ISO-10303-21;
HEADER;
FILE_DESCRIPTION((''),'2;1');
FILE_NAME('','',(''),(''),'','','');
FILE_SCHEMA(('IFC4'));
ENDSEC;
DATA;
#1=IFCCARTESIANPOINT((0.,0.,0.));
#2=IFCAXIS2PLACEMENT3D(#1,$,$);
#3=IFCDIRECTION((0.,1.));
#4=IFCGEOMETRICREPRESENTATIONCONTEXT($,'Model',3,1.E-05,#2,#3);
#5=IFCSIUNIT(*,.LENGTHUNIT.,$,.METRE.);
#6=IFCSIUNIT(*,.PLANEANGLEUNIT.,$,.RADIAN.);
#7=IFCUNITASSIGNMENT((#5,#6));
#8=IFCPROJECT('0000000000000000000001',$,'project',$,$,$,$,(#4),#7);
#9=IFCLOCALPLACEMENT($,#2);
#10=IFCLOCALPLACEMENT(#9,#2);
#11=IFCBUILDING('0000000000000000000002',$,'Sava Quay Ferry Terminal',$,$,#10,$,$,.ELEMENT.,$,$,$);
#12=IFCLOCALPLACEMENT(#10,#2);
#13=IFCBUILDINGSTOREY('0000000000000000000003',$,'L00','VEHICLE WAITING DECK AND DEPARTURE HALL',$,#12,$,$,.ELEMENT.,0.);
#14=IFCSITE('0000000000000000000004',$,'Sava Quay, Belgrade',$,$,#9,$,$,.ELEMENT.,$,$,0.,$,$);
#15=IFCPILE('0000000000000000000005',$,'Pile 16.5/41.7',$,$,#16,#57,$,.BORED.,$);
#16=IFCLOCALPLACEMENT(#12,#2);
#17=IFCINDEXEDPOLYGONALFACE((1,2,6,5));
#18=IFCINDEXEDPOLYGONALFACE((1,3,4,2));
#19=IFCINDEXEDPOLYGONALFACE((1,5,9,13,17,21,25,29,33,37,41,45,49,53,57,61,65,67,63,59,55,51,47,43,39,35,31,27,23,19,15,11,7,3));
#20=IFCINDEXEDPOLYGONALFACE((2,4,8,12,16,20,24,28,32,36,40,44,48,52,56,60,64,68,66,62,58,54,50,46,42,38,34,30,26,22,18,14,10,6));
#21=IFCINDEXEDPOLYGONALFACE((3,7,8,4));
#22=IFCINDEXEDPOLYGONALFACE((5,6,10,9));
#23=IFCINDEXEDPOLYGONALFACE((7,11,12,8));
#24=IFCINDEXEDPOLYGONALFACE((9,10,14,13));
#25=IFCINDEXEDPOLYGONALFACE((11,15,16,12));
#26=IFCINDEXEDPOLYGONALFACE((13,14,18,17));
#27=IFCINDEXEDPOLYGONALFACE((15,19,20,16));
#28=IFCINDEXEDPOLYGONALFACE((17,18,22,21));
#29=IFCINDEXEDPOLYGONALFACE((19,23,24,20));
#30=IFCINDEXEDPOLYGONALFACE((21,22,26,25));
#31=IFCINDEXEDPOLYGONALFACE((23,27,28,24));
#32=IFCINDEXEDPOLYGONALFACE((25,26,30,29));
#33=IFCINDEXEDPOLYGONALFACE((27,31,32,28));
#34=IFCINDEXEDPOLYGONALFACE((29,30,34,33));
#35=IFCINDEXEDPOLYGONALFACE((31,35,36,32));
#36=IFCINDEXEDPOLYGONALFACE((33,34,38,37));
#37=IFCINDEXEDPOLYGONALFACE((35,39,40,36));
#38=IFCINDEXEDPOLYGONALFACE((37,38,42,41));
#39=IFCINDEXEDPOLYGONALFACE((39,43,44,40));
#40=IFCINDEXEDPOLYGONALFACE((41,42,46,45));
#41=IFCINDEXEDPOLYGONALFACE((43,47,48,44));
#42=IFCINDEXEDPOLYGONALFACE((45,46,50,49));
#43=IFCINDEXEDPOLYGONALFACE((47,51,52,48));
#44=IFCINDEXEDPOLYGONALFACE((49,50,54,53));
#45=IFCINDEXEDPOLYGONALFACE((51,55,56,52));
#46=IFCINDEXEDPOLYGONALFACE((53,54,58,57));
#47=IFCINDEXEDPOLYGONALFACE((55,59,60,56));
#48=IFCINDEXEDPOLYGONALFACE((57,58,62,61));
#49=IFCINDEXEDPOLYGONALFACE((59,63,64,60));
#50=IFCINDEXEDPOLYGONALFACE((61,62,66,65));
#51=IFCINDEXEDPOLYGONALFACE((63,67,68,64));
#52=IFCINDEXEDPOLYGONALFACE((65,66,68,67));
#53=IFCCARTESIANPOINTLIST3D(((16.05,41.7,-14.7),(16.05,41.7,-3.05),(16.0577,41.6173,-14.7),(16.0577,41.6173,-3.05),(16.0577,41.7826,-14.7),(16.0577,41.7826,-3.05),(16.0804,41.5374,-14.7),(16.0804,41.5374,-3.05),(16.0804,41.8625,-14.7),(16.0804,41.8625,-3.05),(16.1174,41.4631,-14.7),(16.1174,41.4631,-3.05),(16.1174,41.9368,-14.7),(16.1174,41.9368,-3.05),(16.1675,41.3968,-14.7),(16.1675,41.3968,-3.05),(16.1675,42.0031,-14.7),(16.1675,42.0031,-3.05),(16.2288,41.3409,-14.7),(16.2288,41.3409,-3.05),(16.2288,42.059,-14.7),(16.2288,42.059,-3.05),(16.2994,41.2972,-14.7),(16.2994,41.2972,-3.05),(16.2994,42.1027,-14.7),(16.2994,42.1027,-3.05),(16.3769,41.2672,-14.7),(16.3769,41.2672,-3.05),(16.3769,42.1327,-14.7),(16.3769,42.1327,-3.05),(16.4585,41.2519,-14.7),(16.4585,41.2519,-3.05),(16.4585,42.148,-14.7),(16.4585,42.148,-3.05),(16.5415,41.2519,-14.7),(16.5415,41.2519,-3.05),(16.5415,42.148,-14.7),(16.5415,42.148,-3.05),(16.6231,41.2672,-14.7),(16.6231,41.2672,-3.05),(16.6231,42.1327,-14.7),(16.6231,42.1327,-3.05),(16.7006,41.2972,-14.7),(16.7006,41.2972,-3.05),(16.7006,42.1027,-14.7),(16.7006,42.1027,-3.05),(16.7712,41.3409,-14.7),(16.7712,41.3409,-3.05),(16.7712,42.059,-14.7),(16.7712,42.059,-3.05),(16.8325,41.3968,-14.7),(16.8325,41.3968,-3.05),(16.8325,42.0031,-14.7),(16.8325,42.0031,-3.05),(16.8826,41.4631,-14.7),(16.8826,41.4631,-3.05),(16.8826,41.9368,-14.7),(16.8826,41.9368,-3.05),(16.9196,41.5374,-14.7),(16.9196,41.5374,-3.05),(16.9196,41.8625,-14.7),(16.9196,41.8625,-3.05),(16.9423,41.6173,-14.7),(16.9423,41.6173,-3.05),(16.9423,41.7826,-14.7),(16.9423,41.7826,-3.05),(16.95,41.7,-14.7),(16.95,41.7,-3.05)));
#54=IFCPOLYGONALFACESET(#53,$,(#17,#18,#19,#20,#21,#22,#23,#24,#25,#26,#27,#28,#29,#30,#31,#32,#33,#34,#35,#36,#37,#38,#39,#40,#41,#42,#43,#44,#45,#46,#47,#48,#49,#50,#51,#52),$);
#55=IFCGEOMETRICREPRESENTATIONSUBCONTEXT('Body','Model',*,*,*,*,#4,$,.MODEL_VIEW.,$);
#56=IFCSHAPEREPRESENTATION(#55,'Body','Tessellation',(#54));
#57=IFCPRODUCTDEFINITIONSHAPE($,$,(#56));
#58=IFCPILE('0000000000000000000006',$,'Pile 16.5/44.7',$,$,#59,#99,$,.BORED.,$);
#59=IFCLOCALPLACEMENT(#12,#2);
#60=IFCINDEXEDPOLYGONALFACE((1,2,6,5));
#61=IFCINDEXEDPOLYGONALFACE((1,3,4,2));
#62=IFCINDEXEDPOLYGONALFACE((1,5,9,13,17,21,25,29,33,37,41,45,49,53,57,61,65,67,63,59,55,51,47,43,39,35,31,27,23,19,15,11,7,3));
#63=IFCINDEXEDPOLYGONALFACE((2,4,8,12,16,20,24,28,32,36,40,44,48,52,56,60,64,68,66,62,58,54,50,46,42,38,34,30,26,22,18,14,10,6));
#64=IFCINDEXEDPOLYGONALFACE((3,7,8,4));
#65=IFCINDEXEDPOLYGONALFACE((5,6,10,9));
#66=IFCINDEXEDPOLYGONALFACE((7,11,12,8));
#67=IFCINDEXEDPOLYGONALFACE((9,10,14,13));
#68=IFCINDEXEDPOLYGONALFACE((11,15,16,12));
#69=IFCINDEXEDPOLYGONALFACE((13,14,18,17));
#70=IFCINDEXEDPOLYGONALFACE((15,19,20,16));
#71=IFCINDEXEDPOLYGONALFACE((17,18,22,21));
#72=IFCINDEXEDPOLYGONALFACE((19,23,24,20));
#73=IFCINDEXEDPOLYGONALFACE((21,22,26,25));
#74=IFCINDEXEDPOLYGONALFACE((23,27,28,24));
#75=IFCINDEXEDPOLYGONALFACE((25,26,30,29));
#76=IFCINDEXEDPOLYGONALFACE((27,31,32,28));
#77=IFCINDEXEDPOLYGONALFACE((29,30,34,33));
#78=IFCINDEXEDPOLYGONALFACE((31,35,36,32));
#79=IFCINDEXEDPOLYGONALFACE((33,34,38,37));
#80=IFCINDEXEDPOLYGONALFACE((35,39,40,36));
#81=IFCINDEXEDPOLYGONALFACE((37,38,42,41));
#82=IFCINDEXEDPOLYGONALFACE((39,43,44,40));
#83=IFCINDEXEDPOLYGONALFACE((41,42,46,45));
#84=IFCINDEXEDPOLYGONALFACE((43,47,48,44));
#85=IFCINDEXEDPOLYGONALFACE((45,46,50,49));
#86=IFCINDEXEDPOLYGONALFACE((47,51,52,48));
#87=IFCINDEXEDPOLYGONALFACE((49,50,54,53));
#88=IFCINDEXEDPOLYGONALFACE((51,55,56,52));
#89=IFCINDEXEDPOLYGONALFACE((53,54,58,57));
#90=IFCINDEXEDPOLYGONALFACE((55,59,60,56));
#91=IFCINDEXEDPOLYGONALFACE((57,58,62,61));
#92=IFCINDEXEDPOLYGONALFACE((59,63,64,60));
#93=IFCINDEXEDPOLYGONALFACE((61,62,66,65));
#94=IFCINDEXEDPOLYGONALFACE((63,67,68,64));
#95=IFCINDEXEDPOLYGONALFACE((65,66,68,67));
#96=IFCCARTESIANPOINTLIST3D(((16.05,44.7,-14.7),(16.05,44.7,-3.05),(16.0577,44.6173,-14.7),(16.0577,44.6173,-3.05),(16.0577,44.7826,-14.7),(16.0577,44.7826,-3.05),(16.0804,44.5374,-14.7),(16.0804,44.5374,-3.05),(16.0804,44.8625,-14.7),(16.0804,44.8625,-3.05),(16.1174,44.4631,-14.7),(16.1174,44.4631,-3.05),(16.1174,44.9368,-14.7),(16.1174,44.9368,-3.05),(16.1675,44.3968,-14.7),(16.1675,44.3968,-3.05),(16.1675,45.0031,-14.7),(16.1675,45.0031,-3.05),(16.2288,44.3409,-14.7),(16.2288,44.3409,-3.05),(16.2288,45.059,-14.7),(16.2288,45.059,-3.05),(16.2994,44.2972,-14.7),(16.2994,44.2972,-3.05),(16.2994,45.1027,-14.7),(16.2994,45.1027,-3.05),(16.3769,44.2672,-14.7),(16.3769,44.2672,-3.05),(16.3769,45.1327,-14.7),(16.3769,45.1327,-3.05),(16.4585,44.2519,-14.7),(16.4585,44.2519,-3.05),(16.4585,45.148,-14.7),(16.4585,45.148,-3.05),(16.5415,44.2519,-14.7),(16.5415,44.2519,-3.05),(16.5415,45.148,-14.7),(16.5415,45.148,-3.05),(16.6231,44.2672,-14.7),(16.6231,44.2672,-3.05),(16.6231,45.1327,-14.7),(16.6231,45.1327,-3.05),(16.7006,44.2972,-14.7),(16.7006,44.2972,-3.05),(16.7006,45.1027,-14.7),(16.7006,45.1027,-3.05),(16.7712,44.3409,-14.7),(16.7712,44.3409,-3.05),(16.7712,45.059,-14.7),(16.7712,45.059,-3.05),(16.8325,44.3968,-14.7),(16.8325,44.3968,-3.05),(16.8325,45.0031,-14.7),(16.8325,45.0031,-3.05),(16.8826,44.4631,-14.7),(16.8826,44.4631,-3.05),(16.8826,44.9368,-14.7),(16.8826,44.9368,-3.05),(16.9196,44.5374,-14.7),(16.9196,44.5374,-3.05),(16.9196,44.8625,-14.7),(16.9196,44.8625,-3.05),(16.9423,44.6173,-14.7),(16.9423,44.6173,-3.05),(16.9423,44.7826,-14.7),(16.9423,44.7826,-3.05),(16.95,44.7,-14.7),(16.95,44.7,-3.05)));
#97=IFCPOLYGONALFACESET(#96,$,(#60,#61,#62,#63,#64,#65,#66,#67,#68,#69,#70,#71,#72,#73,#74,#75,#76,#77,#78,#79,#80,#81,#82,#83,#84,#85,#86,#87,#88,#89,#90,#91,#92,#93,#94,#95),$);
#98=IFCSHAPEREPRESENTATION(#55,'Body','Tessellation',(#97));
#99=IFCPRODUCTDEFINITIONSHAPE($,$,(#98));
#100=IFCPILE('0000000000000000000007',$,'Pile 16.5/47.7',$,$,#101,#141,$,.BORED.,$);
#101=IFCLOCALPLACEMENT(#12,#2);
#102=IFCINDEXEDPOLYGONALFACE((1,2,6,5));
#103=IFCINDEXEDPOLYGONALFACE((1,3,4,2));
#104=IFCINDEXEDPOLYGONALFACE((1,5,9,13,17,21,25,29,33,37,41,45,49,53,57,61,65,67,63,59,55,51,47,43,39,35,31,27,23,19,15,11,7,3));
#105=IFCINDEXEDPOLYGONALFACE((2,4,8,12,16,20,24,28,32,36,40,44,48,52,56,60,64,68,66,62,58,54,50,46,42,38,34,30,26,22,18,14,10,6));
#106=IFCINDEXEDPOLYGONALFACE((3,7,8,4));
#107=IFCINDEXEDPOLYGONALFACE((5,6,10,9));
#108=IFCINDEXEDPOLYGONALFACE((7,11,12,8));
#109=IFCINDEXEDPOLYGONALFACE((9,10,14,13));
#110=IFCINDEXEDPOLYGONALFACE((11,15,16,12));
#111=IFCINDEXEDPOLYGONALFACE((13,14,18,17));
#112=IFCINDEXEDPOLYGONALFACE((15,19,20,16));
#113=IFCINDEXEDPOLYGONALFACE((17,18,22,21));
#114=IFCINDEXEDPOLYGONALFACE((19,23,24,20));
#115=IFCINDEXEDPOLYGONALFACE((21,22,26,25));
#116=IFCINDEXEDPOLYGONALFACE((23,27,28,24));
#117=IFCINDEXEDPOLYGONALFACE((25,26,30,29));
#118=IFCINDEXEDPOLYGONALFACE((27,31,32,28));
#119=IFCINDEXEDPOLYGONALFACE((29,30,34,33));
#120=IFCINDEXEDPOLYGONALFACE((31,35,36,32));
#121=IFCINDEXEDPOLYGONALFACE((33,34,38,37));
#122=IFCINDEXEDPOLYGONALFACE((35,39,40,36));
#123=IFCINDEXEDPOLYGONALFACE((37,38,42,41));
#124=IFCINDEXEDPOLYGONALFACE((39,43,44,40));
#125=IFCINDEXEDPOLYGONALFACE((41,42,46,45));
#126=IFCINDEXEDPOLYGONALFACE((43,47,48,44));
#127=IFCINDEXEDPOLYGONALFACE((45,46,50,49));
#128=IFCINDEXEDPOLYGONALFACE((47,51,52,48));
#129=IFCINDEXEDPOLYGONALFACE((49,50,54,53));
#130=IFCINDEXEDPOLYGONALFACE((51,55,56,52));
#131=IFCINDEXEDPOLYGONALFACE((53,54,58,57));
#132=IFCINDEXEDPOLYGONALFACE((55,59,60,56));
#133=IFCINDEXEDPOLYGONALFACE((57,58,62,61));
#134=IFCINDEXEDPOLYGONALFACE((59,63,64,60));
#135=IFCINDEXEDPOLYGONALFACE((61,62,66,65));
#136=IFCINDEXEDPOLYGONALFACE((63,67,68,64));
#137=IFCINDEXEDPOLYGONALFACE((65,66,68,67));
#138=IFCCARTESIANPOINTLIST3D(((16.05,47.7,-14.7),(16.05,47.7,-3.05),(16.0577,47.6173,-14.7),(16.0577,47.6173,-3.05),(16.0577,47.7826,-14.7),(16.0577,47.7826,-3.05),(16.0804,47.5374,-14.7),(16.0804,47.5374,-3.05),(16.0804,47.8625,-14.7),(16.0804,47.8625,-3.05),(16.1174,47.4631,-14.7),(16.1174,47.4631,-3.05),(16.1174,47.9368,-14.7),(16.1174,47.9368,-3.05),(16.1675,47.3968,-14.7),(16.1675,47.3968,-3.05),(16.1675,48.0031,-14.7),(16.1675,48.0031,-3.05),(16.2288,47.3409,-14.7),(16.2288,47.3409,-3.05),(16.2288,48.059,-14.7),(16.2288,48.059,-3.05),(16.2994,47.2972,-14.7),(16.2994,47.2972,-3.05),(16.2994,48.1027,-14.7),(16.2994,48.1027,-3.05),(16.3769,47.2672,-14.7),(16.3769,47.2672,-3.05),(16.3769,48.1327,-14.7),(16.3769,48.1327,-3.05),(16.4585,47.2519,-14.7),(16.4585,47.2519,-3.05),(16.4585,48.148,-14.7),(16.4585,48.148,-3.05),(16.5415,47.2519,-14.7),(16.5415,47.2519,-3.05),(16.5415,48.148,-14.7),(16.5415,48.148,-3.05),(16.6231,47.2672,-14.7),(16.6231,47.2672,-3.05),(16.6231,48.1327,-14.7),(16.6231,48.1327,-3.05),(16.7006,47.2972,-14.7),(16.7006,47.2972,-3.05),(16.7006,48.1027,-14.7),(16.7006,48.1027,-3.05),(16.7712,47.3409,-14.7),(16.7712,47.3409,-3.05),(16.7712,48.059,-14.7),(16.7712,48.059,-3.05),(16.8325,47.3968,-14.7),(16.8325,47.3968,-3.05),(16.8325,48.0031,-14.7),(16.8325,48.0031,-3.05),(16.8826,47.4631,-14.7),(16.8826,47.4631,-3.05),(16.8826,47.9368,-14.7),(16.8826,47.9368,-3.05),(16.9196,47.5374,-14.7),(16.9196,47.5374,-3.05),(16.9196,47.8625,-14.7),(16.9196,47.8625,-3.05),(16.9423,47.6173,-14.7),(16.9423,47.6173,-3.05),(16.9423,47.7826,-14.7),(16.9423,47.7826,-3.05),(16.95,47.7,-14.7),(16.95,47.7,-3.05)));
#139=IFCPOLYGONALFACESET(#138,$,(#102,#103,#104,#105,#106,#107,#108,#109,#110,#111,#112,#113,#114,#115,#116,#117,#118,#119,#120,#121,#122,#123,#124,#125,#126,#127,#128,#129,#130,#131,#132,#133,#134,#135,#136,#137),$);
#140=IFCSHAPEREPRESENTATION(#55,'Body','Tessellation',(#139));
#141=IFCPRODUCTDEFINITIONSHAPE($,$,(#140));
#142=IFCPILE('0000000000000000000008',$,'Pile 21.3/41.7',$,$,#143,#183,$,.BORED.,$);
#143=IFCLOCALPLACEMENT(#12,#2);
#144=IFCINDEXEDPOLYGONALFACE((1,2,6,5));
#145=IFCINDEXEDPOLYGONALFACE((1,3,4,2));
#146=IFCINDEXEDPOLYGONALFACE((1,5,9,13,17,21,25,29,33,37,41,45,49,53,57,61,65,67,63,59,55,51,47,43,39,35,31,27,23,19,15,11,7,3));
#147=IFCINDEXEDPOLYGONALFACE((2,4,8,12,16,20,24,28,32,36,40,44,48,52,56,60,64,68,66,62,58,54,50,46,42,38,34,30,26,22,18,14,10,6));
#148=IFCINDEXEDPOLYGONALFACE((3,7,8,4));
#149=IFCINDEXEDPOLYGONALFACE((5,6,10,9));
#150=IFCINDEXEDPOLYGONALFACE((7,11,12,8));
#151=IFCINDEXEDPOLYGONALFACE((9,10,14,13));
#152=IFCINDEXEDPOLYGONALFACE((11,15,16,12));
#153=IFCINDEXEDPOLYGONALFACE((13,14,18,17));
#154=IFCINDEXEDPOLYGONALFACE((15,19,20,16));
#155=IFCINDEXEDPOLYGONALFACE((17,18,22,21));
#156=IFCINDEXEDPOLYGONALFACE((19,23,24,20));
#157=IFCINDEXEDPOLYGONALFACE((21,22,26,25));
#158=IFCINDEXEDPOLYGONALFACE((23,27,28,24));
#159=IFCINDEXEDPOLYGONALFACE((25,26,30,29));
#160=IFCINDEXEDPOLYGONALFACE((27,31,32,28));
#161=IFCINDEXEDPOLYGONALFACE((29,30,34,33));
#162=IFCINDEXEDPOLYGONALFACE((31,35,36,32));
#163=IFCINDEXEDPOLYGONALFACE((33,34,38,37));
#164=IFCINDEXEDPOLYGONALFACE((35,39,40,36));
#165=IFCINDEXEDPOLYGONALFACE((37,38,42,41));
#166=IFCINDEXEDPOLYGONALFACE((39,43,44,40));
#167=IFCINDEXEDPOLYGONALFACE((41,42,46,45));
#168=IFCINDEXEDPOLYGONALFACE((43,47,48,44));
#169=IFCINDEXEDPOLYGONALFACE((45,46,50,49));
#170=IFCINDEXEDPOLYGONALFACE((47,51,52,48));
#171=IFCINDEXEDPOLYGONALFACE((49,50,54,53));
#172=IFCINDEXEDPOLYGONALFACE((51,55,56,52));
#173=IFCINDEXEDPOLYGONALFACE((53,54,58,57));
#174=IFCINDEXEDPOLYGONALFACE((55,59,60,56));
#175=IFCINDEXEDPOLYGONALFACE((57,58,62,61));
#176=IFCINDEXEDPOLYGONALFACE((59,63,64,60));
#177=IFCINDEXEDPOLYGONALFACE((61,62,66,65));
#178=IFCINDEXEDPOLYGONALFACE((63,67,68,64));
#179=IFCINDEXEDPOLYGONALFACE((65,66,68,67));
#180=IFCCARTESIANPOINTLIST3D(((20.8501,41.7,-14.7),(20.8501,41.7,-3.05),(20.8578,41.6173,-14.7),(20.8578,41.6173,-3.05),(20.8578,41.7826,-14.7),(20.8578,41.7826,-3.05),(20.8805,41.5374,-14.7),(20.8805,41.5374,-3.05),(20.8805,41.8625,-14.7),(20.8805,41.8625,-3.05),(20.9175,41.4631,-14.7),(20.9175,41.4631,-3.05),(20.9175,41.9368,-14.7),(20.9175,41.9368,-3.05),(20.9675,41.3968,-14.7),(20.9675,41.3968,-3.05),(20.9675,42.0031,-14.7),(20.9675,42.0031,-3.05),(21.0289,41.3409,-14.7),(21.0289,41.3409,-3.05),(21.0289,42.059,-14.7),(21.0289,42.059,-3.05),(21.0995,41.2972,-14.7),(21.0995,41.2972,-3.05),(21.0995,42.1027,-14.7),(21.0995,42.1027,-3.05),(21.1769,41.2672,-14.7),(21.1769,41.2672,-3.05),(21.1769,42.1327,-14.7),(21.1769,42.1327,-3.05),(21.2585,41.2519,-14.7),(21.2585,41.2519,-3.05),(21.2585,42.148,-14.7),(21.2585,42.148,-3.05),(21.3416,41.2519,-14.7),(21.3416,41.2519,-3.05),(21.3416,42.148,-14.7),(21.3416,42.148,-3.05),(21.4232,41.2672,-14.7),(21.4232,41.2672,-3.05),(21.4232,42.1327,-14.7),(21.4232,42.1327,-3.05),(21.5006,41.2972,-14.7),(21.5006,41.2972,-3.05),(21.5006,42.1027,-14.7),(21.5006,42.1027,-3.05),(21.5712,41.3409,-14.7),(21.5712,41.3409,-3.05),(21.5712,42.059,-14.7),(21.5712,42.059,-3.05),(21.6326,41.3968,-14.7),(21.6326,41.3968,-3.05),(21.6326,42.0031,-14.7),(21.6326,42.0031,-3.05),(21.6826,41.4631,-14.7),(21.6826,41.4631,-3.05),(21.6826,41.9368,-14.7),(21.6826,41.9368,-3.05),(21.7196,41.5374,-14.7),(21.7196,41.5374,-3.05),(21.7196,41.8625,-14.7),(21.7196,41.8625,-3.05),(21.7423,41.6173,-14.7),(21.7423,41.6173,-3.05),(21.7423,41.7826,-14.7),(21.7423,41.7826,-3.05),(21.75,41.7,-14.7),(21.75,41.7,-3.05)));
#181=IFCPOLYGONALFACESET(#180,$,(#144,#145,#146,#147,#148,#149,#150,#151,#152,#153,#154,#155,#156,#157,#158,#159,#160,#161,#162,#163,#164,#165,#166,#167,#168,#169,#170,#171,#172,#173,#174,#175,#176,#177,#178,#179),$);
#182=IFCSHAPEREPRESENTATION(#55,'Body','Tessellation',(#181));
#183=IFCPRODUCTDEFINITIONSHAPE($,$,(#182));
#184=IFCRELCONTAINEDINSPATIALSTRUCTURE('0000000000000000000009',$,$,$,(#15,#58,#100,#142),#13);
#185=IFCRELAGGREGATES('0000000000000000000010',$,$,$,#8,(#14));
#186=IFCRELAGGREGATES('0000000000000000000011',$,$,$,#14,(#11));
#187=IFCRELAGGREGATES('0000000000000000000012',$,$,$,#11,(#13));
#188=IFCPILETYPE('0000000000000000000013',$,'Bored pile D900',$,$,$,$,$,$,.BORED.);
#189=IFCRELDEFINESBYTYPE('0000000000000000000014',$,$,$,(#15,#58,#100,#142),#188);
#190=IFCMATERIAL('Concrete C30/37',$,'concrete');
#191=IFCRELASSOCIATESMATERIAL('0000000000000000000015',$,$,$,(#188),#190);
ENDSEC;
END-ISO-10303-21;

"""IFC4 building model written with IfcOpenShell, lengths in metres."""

from ifc_helpers import new_model, si_unit, direction, frame, origin, origin_2d, place, context, subcontext, project, spatial, circle, extrude, material, material_profile, profile_set, type_object, element, save


model = new_model("IFC4")

# Units and contexts
model_context = context("Model", 3, precision=1e-05, world=origin(), true_north=direction((0.0, 1.0)))
body_context = subcontext(model_context, "Body", "Model", "MODEL_VIEW")
ifc_project = project(units=[si_unit("LENGTHUNIT", "METRE"), si_unit("PLANEANGLEUNIT", "RADIAN")], contexts=[model_context])

# Site, building, storey
site_placement = place(None, origin())
site = spatial("IfcSite", under=ifc_project, at=site_placement, Name="Sava Quay, Belgrade", CompositionType="ELEMENT", RefElevation=0.0)
building_placement = place(site_placement, origin())
building = spatial("IfcBuilding", under=site, at=building_placement, Name="Sava Quay Ferry Terminal", CompositionType="ELEMENT")
storey_placement = place(building_placement, origin())
storey = spatial("IfcBuildingStorey", under=building, at=storey_placement, Name="L00", Description="VEHICLE WAITING DECK AND DEPARTURE HALL", CompositionType="ELEMENT", Elevation=0.0)

# Piles
ifc_material_1 = material(Name="Concrete C30/37", Category="concrete")
ifc_material_profile_1 = material_profile(ifc_material_1, circle(Radius=0.45, at=origin_2d()), Name="Bored pile D900")
ifc_profile_set_1 = profile_set([ifc_material_profile_1], Name="Concrete C30/37")
pile_type = type_object("IfcPileType", Name="Bored pile D900", PredefinedType="BORED", material=ifc_profile_set_1)
for number, where, z_axis, x_axis, name in (
    (1, (16.5, 41.7, -3.05), (0.0, 0.0, -1.0), (1.0, 0.0, 0.0), "Pile 16.5/41.7"),
    (2, (16.5, 44.7, -3.05), (0.0, 0.0, -1.0), (1.0, 0.0, 0.0), "Pile 16.5/44.7"),
    (3, (16.5, 47.7, -3.05), (0.0, 0.0, -1.0), (1.0, 0.0, 0.0), "Pile 16.5/47.7"),
    (4, (21.3, 41.7, -3.05), (0.0, 0.0, -1.0), (1.0, 0.0, 0.0), "Pile 21.3/41.7"),
):
    element("IfcPile", number, at=place(storey_placement, frame(where, z_axis=z_axis, x_axis=x_axis)), inside=storey, type_object=pile_type, Name=name, PredefinedType="BORED", context=body_context, shape_type="SweptSolid", body=[
        extrude(circle(Radius=0.45, at=origin_2d()), origin(), (0.0, 0.0, 1.0), 11.6499),
    ])

save(model, "model.ifc")
